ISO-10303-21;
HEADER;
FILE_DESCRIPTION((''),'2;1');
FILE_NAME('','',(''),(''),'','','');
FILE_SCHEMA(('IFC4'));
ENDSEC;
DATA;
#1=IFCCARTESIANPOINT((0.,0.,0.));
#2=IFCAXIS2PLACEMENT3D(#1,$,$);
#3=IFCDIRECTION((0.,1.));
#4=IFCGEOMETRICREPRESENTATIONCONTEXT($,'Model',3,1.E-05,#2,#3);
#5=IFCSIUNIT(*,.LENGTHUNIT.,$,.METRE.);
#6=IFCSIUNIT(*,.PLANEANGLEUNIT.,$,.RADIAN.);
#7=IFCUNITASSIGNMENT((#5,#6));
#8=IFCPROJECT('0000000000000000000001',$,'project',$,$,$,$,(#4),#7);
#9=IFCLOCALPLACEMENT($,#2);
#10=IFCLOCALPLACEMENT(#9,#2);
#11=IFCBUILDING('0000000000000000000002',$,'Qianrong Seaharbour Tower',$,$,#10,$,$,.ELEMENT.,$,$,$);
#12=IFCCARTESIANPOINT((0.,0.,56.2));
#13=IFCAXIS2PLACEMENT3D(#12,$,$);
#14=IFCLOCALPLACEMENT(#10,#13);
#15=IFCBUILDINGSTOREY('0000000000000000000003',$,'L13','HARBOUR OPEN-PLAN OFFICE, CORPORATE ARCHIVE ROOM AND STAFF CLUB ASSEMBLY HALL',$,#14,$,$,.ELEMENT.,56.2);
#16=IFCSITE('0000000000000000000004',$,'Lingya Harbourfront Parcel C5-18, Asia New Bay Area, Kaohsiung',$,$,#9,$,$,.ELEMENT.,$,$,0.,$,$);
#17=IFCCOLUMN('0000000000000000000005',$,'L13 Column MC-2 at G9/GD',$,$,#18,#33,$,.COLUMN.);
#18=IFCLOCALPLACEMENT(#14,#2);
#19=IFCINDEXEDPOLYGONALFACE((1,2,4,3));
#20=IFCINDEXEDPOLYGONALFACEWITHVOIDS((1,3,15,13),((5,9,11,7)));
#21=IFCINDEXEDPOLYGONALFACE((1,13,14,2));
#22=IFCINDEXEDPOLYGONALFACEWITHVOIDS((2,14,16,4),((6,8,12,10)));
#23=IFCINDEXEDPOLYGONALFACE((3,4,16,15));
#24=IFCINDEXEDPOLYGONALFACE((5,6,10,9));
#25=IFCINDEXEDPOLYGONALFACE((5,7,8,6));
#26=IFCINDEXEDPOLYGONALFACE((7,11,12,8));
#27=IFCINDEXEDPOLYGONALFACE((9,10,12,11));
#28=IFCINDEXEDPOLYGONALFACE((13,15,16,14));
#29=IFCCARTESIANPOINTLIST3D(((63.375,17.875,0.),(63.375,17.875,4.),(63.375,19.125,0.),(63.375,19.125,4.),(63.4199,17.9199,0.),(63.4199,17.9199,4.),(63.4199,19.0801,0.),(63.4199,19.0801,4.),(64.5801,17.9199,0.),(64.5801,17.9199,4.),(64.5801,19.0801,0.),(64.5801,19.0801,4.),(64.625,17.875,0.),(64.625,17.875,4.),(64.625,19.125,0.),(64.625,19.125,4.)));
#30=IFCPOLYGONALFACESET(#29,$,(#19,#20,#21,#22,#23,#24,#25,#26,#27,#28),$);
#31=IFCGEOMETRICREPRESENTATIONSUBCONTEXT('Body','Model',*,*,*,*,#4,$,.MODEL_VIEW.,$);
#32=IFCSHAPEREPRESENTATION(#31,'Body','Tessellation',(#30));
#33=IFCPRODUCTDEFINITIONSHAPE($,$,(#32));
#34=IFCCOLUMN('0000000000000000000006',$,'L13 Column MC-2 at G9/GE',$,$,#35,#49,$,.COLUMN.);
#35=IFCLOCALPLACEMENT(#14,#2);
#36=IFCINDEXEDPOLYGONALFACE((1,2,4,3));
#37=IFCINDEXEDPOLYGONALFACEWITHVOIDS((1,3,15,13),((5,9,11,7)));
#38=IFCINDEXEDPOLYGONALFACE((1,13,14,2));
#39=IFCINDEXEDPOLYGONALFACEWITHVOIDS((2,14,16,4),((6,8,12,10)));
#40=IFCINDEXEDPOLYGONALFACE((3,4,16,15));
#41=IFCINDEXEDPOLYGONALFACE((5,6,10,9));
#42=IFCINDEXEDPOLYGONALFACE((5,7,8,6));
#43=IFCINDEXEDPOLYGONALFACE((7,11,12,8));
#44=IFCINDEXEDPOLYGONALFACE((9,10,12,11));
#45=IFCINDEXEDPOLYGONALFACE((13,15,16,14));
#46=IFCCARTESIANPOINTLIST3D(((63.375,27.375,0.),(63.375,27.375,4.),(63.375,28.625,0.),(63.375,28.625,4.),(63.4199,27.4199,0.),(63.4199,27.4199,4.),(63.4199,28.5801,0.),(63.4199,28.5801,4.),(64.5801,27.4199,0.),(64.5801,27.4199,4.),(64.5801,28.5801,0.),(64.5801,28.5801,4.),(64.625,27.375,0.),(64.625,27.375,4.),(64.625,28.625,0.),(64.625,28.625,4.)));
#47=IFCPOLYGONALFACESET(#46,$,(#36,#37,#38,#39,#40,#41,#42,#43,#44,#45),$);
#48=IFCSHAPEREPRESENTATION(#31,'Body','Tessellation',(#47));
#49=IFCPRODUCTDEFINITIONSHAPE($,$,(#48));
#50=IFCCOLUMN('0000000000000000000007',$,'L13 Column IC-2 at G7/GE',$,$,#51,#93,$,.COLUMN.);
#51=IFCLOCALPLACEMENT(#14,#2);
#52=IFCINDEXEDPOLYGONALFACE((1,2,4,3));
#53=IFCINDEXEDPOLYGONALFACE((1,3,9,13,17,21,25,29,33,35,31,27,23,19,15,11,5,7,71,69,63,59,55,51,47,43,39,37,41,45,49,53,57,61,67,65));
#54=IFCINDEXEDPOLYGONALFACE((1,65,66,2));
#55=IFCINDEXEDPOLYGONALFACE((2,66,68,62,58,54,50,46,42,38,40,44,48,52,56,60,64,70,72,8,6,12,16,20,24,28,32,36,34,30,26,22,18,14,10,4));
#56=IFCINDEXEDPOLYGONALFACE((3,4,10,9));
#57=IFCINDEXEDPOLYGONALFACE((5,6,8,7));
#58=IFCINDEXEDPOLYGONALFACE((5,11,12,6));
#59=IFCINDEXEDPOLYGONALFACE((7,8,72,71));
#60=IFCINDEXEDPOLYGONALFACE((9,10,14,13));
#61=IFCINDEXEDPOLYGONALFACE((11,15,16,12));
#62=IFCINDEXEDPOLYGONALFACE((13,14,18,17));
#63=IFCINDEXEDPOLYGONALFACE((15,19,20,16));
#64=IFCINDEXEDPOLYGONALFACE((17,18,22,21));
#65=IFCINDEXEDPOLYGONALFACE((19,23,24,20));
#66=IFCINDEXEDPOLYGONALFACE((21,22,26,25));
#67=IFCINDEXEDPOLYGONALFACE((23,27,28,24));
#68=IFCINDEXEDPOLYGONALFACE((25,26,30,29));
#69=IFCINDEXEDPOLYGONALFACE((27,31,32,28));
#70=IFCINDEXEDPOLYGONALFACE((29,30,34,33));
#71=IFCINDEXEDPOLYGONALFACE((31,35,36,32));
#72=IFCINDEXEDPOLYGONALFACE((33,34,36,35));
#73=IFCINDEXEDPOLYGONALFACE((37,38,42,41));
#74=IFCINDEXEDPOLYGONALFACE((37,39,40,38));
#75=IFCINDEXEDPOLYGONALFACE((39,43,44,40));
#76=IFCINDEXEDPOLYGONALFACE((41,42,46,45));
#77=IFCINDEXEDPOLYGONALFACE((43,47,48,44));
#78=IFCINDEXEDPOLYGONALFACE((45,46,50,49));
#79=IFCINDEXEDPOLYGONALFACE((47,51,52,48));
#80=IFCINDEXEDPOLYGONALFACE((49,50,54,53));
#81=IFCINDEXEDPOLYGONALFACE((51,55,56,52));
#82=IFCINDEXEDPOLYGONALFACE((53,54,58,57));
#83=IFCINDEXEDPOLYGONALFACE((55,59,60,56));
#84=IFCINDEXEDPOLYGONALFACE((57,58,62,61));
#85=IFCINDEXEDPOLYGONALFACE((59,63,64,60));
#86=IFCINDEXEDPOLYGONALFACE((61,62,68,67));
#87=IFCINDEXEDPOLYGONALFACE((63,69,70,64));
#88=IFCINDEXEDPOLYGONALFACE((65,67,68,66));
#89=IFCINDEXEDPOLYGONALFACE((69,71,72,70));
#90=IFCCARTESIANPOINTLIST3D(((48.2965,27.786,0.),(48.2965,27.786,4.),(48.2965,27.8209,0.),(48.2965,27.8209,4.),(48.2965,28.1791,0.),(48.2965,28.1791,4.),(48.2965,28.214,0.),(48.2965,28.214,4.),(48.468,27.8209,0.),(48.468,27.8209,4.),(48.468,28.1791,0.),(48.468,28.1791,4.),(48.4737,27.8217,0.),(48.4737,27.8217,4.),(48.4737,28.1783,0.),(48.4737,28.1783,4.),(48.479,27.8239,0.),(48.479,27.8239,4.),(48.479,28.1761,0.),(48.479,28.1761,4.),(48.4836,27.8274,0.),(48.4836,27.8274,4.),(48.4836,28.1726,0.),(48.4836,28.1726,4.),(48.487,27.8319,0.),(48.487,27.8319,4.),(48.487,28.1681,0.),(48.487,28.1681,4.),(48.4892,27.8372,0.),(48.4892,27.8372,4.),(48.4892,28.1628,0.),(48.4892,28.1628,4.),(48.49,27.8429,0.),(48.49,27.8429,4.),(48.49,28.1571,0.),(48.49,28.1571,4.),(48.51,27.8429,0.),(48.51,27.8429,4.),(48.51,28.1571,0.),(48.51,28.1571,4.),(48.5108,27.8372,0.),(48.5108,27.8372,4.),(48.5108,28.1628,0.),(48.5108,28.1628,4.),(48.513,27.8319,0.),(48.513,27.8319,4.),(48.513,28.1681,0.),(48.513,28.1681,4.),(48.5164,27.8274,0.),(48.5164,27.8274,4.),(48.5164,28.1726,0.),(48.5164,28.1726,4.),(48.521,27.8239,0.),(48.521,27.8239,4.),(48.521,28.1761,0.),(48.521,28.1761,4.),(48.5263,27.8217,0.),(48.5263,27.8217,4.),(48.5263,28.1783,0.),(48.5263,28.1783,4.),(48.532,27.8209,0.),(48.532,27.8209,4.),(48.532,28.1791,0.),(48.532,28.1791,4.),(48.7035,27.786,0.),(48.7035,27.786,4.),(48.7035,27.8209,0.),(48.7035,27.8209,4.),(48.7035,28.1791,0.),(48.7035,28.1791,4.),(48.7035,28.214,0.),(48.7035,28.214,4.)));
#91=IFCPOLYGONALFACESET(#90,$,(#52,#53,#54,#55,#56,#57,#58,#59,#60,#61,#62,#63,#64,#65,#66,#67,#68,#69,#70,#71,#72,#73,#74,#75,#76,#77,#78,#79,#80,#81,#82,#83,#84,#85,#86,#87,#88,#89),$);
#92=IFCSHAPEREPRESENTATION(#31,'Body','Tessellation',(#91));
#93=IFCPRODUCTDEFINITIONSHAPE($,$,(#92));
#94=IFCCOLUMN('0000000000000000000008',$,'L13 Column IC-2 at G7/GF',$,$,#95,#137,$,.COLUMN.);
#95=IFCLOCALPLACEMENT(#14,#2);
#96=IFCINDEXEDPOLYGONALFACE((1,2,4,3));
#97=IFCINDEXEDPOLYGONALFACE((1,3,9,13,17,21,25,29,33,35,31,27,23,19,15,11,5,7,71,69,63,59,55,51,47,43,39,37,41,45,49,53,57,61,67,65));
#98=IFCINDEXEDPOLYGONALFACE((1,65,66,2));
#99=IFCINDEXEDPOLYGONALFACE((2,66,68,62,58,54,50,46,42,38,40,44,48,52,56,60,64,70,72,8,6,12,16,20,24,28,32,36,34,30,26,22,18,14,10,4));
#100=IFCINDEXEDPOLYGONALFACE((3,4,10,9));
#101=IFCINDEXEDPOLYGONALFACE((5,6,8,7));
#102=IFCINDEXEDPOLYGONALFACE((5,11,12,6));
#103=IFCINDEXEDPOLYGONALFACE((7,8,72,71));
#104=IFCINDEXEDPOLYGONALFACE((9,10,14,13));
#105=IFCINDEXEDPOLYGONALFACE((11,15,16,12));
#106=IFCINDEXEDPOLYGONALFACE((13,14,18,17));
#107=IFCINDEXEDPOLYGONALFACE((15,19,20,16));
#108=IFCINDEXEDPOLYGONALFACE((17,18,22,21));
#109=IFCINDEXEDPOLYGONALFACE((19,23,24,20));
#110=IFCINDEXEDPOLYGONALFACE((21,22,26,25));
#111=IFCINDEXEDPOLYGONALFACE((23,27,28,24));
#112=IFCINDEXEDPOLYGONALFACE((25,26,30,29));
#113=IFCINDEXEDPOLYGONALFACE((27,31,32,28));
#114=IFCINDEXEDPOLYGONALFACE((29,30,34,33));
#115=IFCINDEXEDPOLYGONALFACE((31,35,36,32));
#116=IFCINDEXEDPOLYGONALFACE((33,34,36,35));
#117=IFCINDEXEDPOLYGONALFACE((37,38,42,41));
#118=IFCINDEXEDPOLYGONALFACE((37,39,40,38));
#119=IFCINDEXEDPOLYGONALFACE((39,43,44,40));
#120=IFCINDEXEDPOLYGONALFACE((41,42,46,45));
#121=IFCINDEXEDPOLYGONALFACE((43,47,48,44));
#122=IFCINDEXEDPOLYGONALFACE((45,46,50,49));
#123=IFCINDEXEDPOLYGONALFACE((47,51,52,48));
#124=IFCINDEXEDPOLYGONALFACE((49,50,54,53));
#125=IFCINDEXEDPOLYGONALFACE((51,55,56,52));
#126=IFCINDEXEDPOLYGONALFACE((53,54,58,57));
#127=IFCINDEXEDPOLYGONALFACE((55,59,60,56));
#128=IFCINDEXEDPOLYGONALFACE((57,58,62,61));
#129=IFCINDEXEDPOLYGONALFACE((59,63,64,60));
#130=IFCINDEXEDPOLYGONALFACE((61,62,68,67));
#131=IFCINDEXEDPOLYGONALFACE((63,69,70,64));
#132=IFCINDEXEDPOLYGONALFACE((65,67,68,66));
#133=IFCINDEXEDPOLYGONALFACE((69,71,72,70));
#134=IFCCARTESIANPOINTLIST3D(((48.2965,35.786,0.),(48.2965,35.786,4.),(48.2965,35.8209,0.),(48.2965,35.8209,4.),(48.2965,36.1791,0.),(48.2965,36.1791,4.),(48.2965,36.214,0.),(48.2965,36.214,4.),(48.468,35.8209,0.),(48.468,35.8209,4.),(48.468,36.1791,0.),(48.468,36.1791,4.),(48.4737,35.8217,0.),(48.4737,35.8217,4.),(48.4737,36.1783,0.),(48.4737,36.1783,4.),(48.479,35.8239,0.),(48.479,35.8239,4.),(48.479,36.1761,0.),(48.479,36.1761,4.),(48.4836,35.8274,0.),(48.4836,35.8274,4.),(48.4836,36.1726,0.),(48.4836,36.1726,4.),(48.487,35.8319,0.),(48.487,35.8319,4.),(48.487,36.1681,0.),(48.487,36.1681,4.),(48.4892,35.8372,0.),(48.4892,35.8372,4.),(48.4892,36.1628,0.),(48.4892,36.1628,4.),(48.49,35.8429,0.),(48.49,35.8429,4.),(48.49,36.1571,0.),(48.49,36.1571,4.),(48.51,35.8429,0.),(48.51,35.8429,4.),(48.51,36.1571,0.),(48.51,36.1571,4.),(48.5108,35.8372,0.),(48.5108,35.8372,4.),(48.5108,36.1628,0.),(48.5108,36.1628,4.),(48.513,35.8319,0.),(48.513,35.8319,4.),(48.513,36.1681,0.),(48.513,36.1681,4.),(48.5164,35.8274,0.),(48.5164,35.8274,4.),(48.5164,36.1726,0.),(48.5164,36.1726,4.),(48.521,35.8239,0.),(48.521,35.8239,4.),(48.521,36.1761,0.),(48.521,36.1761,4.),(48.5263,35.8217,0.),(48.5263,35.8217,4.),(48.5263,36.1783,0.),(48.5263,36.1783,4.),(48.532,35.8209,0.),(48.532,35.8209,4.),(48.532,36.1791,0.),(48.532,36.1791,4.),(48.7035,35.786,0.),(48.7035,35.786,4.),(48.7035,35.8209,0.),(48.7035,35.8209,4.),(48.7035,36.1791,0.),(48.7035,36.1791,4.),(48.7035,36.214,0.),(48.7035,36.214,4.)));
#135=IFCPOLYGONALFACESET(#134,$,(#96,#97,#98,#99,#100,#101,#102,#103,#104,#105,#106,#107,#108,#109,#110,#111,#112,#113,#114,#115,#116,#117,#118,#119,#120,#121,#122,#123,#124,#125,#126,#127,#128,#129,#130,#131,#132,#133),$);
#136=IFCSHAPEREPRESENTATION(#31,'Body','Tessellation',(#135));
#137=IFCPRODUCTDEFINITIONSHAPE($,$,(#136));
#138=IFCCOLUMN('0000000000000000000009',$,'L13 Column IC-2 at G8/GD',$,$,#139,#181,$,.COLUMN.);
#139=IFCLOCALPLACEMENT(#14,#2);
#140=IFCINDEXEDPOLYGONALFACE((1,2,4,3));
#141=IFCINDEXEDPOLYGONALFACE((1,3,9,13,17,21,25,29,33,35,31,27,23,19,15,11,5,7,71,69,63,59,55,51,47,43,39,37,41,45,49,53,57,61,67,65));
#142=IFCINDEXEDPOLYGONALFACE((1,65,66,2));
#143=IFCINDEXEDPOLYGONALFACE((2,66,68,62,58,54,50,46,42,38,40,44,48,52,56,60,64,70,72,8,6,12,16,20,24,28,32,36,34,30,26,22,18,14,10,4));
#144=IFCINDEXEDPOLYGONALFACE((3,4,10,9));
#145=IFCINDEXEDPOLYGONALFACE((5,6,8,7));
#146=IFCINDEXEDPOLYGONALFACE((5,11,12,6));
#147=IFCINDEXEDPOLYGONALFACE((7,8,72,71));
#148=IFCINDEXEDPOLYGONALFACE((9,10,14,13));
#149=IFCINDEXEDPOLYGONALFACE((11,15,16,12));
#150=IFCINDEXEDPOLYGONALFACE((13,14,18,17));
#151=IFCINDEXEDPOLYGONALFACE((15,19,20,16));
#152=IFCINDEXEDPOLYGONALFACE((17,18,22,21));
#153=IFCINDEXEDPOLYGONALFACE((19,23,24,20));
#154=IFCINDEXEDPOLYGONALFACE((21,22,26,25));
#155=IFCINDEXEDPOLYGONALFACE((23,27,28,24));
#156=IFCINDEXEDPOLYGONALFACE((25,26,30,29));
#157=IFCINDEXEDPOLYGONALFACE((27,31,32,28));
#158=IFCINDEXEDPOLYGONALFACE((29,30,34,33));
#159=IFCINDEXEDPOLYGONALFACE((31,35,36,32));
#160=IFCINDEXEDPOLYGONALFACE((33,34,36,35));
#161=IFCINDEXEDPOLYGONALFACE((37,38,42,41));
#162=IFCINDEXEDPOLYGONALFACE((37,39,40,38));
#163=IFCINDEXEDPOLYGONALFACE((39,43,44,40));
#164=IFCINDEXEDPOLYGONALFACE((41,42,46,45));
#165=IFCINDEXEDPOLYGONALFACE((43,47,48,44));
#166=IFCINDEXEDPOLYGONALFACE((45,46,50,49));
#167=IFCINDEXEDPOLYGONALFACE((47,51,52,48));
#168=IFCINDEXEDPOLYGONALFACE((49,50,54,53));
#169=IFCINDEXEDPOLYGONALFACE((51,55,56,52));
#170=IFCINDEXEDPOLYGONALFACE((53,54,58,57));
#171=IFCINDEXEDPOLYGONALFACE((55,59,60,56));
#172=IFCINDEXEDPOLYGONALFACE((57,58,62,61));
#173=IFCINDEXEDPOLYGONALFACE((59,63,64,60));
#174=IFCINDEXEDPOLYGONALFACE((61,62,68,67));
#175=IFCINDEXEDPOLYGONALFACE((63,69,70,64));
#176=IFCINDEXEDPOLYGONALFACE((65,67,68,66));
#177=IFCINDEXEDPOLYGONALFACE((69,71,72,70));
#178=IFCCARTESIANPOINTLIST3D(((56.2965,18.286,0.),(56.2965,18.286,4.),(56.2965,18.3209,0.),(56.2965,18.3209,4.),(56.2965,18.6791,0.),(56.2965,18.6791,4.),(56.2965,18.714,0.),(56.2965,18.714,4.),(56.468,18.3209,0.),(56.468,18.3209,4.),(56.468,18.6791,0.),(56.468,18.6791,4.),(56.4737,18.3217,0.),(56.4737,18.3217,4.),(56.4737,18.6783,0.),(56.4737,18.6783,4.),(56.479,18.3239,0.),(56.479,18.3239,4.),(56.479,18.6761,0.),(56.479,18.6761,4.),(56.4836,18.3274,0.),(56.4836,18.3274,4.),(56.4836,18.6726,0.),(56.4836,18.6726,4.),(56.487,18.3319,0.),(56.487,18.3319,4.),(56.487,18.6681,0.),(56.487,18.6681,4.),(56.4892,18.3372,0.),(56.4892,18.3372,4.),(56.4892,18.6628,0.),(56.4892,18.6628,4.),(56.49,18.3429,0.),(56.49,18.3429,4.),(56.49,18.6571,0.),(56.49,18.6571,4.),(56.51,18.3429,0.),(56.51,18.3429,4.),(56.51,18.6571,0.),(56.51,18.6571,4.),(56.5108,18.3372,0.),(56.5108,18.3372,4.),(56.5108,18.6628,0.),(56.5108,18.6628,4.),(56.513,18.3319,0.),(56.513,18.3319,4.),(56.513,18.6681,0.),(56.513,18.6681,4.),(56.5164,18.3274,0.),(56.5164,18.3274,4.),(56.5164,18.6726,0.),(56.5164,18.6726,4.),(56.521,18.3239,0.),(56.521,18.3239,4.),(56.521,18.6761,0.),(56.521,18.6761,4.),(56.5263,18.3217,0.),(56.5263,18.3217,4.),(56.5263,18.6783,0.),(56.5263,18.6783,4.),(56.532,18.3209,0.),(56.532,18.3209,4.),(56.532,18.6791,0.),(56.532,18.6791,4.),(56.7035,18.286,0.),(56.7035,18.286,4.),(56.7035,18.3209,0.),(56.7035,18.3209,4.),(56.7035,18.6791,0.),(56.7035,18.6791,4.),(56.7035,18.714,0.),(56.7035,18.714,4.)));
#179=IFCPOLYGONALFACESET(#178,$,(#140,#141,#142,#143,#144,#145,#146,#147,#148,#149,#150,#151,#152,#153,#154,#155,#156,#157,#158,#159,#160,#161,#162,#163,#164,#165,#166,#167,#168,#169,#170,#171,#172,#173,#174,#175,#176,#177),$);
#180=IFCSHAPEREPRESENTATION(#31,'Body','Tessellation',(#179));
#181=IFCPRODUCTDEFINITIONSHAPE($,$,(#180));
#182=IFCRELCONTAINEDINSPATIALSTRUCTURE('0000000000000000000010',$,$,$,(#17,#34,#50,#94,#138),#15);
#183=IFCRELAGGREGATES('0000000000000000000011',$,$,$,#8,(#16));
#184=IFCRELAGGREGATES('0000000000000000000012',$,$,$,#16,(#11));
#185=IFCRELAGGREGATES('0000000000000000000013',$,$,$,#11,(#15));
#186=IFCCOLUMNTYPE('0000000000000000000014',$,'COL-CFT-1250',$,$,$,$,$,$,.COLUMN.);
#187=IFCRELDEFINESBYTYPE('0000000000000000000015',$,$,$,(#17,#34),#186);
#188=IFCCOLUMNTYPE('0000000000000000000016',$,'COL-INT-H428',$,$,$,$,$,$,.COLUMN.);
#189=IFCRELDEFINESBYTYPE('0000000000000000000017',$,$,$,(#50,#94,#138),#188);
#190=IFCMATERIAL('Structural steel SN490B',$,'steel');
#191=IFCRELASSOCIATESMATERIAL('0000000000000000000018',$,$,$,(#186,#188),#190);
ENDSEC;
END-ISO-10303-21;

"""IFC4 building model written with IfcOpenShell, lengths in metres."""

from ifc_helpers import new_model, si_unit, direction, frame, origin, origin_2d, place, context, subcontext, project, spatial, hollow_rectangle, i_section, extrude, material, material_profile, profile_set, type_object, element, save


model = new_model("IFC4")

# Units and contexts
model_context = context("Model", 3, precision=1e-05, world=origin(), true_north=direction((0.0, 1.0)))
body_context = subcontext(model_context, "Body", "Model", "MODEL_VIEW")
ifc_project = project(units=[si_unit("LENGTHUNIT", "METRE"), si_unit("PLANEANGLEUNIT", "RADIAN")], contexts=[model_context])

# Site, building, storey
site_placement = place(None, origin())
site = spatial("IfcSite", under=ifc_project, at=site_placement, Name="Lingya Harbourfront Parcel C5-18, Asia New Bay Area, Kaohsiung", CompositionType="ELEMENT", RefElevation=0.0)
building_placement = place(site_placement, origin())
building = spatial("IfcBuilding", under=site, at=building_placement, Name="Qianrong Seaharbour Tower", CompositionType="ELEMENT")
storey_placement = place(building_placement, frame((0.0, 0.0, 56.2)))
storey = spatial("IfcBuildingStorey", under=building, at=storey_placement, Name="L13", Description="HARBOUR OPEN-PLAN OFFICE, CORPORATE ARCHIVE ROOM AND STAFF CLUB ASSEMBLY HALL", CompositionType="ELEMENT", Elevation=56.2)

# Columns
ifc_material_1 = material(Name="Structural steel SN490B", Category="steel")
ifc_material_profile_1 = material_profile(ifc_material_1, hollow_rectangle(XDim=1.25, YDim=1.25, WallThickness=0.0449, at=origin_2d()), Name="BOX1250x1250x45")
ifc_profile_set_1 = profile_set([ifc_material_profile_1], Name="Structural steel SN490B")
column_type_1 = type_object("IfcColumnType", Name="COL-CFT-1250", PredefinedType="COLUMN", material=ifc_profile_set_1)
for number, where, z_axis, x_axis, name in (
    (1, (64.0, 18.5, 0.0), (0.0, 0.0, 1.0), (1.0, 0.0, 0.0), "L13 Column MC-2 at G9/GD"),
    (2, (64.0, 28.0, 0.0), (0.0, 0.0, 1.0), (1.0, 0.0, 0.0), "L13 Column MC-2 at G9/GE"),
):
    element("IfcColumn", number, at=place(storey_placement, frame(where, z_axis=z_axis, x_axis=x_axis)), inside=storey, type_object=column_type_1, Name=name, PredefinedType="COLUMN", context=body_context, shape_type="SweptSolid", body=[
        extrude(hollow_rectangle(XDim=1.25, YDim=1.25, WallThickness=0.0449, at=origin_2d()), origin(), (0.0, 0.0, 1.0), 4.0),
    ])
ifc_material_profile_2 = material_profile(ifc_material_1, i_section(OverallWidth=0.407, OverallDepth=0.428, WebThickness=0.02, FlangeThickness=0.0349, FilletRadius=0.022, at=origin_2d()), Name="H428x407x20x35")
ifc_profile_set_2 = profile_set([ifc_material_profile_2], Name="Structural steel SN490B")
column_type_2 = type_object("IfcColumnType", Name="COL-INT-H428", PredefinedType="COLUMN", material=ifc_profile_set_2)
for number, where, z_axis, x_axis, name in (
    (3, (48.5, 28.0, 0.0), (0.0, 0.0, 1.0), (1.0, 0.0, 0.0), "L13 Column IC-2 at G7/GE"),
    (4, (48.5, 36.0, 0.0), (0.0, 0.0, 1.0), (1.0, 0.0, 0.0), "L13 Column IC-2 at G7/GF"),
    (5, (56.5, 18.5, 0.0), (0.0, 0.0, 1.0), (1.0, 0.0, 0.0), "L13 Column IC-2 at G8/GD"),
):
    element("IfcColumn", number, at=place(storey_placement, frame(where, z_axis=z_axis, x_axis=x_axis)), inside=storey, type_object=column_type_2, Name=name, PredefinedType="COLUMN", context=body_context, shape_type="SweptSolid", body=[
        extrude(i_section(OverallWidth=0.407, OverallDepth=0.428, WebThickness=0.02, FlangeThickness=0.0349, FilletRadius=0.022, at=origin_2d()), origin(), (0.0, 0.0, 1.0), 4.0),
    ])

save(model, "model.ifc")
